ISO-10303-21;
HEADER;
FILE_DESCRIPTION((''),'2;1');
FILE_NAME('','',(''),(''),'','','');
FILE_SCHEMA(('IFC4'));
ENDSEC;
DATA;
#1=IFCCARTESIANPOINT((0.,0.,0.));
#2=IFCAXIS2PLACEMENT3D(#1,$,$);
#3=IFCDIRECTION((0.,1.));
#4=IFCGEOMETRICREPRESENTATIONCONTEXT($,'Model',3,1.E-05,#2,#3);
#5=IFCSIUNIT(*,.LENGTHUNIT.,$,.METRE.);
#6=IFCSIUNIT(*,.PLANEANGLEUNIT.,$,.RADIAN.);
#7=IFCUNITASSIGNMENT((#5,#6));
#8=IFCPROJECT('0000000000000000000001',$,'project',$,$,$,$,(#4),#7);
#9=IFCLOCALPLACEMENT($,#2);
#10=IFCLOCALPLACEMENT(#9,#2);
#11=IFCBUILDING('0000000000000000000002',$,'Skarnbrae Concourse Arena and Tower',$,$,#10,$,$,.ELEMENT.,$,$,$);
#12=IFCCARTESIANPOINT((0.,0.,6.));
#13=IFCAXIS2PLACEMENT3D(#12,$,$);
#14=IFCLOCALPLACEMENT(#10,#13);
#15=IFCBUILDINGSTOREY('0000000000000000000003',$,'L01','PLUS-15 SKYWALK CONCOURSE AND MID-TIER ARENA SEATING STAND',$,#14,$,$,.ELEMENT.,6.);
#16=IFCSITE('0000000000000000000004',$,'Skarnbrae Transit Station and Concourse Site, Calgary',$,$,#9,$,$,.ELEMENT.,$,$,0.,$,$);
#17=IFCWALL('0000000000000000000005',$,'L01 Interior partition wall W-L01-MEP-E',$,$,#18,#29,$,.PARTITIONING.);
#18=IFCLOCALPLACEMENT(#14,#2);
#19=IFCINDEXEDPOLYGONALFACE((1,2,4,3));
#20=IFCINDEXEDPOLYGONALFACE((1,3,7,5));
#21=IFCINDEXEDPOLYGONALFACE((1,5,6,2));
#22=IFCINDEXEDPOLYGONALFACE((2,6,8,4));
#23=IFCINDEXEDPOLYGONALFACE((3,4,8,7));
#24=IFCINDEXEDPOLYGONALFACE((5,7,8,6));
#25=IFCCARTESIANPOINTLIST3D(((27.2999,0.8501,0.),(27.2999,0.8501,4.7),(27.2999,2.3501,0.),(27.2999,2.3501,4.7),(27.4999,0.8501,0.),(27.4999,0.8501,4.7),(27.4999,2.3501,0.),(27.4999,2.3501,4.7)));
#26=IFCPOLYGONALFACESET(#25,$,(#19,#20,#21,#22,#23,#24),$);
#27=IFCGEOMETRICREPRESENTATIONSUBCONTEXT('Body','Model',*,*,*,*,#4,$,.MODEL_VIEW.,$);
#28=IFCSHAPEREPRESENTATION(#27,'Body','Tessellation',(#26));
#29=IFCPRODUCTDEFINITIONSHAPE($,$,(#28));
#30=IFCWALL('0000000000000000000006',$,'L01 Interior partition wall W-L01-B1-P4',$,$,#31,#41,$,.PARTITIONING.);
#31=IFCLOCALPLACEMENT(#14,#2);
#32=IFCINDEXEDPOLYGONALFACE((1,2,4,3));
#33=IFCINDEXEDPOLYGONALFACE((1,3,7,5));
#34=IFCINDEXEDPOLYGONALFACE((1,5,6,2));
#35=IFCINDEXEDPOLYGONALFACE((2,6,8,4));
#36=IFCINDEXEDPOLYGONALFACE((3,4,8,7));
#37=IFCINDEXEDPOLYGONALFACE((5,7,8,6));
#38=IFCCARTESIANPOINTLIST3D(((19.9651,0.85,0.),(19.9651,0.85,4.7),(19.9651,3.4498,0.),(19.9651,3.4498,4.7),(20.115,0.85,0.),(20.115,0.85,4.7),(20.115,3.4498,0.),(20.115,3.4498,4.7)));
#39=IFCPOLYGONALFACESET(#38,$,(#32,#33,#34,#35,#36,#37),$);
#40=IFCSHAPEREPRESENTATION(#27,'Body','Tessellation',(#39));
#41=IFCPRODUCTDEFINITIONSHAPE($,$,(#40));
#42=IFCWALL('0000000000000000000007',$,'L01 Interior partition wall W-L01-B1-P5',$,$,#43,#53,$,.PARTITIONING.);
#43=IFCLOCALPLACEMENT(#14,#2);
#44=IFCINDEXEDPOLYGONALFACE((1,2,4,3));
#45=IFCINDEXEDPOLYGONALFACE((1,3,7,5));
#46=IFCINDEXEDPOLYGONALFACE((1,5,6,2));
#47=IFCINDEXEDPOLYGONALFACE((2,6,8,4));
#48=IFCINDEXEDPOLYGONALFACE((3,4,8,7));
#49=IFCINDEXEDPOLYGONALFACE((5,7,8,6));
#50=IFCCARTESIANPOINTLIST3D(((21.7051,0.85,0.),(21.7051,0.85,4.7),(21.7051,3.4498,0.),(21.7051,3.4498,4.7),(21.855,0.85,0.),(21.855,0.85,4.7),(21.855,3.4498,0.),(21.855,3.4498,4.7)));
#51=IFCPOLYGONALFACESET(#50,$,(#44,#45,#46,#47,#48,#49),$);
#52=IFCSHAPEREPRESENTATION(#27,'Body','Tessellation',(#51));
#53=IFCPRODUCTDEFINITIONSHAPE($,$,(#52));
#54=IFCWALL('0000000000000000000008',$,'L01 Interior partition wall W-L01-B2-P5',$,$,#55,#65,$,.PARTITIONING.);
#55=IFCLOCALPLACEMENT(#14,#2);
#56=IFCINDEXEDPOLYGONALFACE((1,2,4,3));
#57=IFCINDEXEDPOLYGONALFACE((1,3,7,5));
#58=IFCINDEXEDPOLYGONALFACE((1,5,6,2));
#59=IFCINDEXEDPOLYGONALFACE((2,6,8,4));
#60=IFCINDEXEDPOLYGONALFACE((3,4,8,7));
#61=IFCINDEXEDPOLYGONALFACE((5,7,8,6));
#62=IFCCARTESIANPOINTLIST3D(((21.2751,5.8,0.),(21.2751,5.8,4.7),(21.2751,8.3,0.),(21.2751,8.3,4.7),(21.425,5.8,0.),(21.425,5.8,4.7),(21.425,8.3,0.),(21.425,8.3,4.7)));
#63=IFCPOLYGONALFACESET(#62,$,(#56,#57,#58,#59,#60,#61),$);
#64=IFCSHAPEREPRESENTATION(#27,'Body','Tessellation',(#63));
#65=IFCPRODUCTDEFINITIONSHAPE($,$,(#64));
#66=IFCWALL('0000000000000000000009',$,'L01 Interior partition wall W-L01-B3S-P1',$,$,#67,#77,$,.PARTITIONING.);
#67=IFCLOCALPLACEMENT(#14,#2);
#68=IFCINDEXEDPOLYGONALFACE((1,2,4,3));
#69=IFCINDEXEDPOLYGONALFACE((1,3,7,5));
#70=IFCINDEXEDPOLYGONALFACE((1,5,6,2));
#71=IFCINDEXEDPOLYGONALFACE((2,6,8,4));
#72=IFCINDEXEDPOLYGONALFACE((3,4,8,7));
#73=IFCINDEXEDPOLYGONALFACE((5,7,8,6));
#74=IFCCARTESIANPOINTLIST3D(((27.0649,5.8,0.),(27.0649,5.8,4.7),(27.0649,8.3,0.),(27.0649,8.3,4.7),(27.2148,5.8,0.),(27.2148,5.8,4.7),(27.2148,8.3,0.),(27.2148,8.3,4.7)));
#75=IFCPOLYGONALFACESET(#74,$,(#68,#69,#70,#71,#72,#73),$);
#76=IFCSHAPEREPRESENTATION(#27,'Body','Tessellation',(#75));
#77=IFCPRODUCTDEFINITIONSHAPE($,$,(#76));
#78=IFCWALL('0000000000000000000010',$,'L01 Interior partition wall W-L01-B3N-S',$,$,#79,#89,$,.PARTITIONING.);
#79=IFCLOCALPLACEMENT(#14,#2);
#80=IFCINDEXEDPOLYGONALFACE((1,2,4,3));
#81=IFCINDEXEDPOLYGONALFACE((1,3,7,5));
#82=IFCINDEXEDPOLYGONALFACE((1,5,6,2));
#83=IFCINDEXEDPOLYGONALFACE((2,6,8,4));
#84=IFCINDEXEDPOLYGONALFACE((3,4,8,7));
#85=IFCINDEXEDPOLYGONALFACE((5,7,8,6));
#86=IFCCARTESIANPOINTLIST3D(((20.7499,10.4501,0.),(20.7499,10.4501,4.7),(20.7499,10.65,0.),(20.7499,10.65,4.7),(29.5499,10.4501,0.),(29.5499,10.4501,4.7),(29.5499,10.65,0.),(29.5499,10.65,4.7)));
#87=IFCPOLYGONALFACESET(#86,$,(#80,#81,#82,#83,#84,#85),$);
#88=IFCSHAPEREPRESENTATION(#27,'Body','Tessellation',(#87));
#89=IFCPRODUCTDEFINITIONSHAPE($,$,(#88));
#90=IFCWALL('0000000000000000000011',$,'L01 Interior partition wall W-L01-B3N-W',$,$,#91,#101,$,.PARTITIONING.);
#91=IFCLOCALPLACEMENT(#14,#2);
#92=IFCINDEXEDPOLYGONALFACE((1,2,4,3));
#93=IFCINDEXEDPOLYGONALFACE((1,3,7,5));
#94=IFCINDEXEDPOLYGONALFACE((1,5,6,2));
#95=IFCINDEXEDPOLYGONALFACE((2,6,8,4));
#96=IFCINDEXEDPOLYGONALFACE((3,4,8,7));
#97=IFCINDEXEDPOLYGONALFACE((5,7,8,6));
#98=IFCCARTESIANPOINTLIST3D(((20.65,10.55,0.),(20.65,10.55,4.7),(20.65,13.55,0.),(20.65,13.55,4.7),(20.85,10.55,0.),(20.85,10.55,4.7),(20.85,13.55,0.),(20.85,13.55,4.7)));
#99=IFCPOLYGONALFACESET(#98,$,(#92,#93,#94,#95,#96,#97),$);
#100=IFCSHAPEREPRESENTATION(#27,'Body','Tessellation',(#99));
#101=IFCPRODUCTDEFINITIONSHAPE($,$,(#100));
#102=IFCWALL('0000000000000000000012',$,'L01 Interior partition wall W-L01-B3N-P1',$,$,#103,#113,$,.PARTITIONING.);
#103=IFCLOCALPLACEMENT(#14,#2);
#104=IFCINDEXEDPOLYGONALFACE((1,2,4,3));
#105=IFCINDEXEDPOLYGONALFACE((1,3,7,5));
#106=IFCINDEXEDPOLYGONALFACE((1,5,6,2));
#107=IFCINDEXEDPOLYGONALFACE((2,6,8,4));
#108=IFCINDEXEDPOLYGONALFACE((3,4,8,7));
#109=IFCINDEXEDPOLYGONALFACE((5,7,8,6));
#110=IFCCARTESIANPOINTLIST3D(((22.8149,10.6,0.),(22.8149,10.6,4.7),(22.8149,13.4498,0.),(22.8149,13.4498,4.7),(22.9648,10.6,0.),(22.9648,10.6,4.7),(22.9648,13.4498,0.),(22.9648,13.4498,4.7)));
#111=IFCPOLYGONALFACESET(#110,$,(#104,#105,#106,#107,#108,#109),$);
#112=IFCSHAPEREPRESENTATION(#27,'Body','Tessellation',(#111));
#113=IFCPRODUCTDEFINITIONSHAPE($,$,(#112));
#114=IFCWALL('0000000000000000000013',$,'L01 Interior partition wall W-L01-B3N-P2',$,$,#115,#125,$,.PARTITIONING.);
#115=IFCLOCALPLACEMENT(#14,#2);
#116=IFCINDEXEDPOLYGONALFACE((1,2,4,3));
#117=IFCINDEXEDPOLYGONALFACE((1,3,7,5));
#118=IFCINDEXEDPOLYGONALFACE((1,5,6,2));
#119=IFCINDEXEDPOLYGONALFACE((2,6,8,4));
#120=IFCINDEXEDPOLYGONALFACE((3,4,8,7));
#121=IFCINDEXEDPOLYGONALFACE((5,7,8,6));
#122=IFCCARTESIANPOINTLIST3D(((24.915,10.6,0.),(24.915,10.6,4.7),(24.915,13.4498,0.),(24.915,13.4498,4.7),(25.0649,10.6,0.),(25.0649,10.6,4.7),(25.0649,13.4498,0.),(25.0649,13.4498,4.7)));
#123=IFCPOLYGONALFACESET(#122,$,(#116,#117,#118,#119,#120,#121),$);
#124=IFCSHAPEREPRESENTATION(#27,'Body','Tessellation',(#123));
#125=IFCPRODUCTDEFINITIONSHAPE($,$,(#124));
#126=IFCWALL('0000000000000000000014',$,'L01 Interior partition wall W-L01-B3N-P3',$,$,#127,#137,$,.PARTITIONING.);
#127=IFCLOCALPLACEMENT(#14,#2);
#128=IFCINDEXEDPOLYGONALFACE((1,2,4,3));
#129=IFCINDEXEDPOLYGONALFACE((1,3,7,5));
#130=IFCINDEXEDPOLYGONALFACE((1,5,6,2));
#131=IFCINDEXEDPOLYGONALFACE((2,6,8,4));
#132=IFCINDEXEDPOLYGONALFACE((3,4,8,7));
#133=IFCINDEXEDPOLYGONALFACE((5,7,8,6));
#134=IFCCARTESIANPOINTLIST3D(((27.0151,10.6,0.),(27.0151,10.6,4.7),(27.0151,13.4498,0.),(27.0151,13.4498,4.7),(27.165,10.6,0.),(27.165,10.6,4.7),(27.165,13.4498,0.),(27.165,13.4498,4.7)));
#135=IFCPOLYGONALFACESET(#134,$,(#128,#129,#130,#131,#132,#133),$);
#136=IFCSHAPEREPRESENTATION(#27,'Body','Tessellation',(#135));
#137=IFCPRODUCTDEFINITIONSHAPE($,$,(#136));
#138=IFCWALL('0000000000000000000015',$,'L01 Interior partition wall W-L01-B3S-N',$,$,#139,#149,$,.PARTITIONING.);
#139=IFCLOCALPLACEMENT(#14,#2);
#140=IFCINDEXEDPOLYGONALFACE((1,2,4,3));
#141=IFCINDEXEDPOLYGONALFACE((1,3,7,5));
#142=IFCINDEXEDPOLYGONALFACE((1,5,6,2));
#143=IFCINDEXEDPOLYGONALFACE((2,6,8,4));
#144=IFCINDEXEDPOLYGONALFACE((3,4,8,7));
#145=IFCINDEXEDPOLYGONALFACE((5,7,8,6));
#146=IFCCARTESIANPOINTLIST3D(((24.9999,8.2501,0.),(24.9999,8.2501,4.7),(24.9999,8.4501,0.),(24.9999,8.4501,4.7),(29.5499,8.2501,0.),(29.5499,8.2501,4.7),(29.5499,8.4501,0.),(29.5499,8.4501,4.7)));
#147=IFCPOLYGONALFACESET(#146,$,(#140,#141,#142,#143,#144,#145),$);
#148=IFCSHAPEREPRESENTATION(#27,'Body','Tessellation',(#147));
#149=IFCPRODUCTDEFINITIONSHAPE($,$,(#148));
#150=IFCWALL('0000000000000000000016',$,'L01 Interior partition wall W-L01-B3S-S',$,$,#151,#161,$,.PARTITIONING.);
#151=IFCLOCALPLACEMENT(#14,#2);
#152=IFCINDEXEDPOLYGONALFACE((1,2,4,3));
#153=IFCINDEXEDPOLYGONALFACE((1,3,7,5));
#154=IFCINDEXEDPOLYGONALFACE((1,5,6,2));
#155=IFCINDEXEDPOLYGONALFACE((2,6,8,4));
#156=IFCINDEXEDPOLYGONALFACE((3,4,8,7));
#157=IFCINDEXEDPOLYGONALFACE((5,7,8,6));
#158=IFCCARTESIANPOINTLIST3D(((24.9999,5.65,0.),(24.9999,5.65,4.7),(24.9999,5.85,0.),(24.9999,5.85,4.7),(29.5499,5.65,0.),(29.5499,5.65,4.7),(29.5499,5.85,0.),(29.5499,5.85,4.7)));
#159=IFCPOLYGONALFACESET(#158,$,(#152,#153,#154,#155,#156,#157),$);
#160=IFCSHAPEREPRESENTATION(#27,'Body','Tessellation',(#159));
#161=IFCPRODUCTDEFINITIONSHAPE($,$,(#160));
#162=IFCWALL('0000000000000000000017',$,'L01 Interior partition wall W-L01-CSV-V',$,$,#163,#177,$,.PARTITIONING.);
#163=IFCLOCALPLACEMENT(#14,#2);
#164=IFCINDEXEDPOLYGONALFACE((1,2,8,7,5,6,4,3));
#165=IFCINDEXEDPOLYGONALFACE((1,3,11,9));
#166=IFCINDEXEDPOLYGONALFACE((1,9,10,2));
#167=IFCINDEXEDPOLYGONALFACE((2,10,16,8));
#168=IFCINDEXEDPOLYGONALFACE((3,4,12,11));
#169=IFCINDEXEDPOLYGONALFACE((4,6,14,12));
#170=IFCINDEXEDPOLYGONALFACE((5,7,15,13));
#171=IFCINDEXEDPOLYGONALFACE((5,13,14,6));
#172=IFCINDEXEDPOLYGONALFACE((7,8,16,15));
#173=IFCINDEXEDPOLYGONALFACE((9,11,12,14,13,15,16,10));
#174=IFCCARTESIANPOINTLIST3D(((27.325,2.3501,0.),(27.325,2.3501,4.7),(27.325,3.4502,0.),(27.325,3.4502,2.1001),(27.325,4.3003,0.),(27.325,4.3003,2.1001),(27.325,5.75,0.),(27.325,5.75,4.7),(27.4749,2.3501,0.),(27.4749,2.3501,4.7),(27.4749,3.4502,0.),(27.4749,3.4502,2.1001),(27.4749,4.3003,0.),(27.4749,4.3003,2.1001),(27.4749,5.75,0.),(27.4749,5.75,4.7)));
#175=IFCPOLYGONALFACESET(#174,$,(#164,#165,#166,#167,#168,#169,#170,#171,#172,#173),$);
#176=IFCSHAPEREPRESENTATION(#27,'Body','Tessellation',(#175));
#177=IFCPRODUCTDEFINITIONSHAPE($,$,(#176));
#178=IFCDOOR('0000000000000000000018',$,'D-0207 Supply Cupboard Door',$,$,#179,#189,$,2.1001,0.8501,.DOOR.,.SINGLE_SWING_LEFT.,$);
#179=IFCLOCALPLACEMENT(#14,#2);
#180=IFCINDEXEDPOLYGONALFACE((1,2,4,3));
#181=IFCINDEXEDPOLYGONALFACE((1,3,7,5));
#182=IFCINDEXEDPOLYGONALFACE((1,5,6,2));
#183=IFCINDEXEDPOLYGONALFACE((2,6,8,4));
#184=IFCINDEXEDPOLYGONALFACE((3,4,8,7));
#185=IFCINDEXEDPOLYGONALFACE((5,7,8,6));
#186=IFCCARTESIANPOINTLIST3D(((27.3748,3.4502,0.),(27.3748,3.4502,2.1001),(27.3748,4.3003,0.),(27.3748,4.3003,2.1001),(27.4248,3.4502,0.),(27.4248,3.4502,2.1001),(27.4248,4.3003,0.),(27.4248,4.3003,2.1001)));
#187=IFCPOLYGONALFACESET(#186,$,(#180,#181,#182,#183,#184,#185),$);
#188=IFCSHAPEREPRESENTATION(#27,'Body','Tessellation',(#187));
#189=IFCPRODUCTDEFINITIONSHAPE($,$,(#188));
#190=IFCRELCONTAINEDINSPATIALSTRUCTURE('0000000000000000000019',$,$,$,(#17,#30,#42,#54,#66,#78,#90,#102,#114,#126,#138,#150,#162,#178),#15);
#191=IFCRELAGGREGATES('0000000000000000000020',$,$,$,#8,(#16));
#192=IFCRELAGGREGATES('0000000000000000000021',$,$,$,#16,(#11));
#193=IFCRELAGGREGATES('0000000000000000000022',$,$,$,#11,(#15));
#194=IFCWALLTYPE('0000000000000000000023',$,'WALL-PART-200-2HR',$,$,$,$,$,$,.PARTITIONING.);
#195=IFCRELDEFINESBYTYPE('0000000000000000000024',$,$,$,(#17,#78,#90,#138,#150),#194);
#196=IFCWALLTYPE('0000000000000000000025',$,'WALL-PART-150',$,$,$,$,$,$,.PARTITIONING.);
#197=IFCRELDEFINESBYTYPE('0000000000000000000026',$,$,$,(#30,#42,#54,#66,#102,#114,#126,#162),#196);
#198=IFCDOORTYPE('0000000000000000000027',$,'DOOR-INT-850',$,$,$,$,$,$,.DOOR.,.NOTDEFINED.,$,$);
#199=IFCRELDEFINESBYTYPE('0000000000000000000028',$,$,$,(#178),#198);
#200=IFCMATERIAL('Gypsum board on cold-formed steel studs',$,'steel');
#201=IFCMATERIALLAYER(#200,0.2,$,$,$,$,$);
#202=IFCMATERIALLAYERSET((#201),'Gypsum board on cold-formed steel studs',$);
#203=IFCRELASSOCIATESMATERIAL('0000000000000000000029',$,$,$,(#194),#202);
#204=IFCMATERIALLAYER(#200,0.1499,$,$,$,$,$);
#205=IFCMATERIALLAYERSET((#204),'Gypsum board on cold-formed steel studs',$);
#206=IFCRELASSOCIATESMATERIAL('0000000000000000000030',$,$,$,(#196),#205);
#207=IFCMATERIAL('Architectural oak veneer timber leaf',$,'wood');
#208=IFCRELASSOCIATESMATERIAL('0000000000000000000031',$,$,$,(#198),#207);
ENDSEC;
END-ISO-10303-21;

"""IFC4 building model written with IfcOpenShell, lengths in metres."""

from ifc_helpers import new_model, si_unit, direction, frame, frame_2d, origin, place, context, subcontext, project, spatial, rectangle, extrude, source, transform, mapped, material, layer, layer_set, type_object, element, fill, save


model = new_model("IFC4")

# Units and contexts
model_context = context("Model", 3, precision=1e-05, world=origin(), true_north=direction((0.0, 1.0)))
body_context = subcontext(model_context, "Body", "Model", "MODEL_VIEW")
ifc_project = project(units=[si_unit("LENGTHUNIT", "METRE"), si_unit("PLANEANGLEUNIT", "RADIAN")], contexts=[model_context])

# Site, building, storey
site_placement = place(None, origin())
site = spatial("IfcSite", under=ifc_project, at=site_placement, Name="Skarnbrae Transit Station and Concourse Site, Calgary", CompositionType="ELEMENT", RefElevation=0.0)
building_placement = place(site_placement, origin())
building = spatial("IfcBuilding", under=site, at=building_placement, Name="Skarnbrae Concourse Arena and Tower", CompositionType="ELEMENT")
storey_placement = place(building_placement, frame((0.0, 0.0, 6.0)))
storey = spatial("IfcBuildingStorey", under=building, at=storey_placement, Name="L01", Description="PLUS-15 SKYWALK CONCOURSE AND MID-TIER ARENA SEATING STAND", CompositionType="ELEMENT", Elevation=6.0)

# Shared definitions
ifc_material_1 = material(Name="Gypsum board on cold-formed steel studs", Category="steel")
ifc_layer_1 = layer(ifc_material_1, 0.2)
ifc_layer_set_1 = layer_set([ifc_layer_1], Name="Gypsum board on cold-formed steel studs")
wall_type_1 = type_object("IfcWallType", Name="WALL-PART-200-2HR", PredefinedType="PARTITIONING", material=ifc_layer_set_1)

# Walls
shared_shape_1 = source(origin(), body_context, "Body", "SweptSolid", [
    extrude(rectangle(XDim=1.5, YDim=0.2, at=frame_2d((0.75, 0.0))), origin(), (0.0, 0.0, 1.0), 4.7),
])
wall_1_placement = place(storey_placement, frame((27.3999, 0.8501, 0.0), z_axis=(0.0, 0.0, 1.0), x_axis=(0.0, 1.0, 0.0)))
element("IfcWall", 1, at=wall_1_placement, inside=storey, type_object=wall_type_1, Name="L01 Interior partition wall W-L01-MEP-E", PredefinedType="PARTITIONING", context=body_context, shape_type="MappedRepresentation", body=[
    mapped(shared_shape_1, transform((0.0, 0.0, 0.0))),
])
ifc_layer_2 = layer(ifc_material_1, 0.1499)
ifc_layer_set_2 = layer_set([ifc_layer_2], Name="Gypsum board on cold-formed steel studs")
wall_type_2 = type_object("IfcWallType", Name="WALL-PART-150", PredefinedType="PARTITIONING", material=ifc_layer_set_2)
shared_shape_2 = source(origin(), body_context, "Body", "SweptSolid", [
    extrude(rectangle(XDim=2.5999, YDim=0.1499, at=frame_2d((1.2998, 0.0))), origin(), (0.0, 0.0, 1.0), 4.7),
])
for number, where, z_axis, x_axis, name in (
    (2, (20.04, 0.8501, 0.0), (0.0, 0.0, 1.0), (0.0, 1.0, 0.0), "L01 Interior partition wall W-L01-B1-P4"),
    (3, (21.78, 0.8501, 0.0), (0.0, 0.0, 1.0), (0.0, 1.0, 0.0), "L01 Interior partition wall W-L01-B1-P5"),
):
    element("IfcWall", number, at=place(storey_placement, frame(where, z_axis=z_axis, x_axis=x_axis)), inside=storey, type_object=wall_type_2, Name=name, PredefinedType="PARTITIONING", context=body_context, shape_type="MappedRepresentation", body=[
        mapped(shared_shape_2, transform((0.0, 0.0, 0.0))),
    ])
shared_shape_3 = source(origin(), body_context, "Body", "SweptSolid", [
    extrude(rectangle(XDim=2.5, YDim=0.1499, at=frame_2d((1.25, 0.0))), origin(), (0.0, 0.0, 1.0), 4.7),
])
for number, where, z_axis, x_axis, name in (
    (4, (21.3501, 5.8, 0.0), (0.0, 0.0, 1.0), (0.0, 1.0, 0.0), "L01 Interior partition wall W-L01-B2-P5"),
    (5, (27.1399, 5.8, 0.0), (0.0, 0.0, 1.0), (0.0, 1.0, 0.0), "L01 Interior partition wall W-L01-B3S-P1"),
):
    element("IfcWall", number, at=place(storey_placement, frame(where, z_axis=z_axis, x_axis=x_axis)), inside=storey, type_object=wall_type_2, Name=name, PredefinedType="PARTITIONING", context=body_context, shape_type="MappedRepresentation", body=[
        mapped(shared_shape_3, transform((0.0, 0.0, 0.0))),
    ])
shared_shape_4 = source(origin(), body_context, "Body", "SweptSolid", [
    extrude(rectangle(XDim=8.8, YDim=0.2, at=frame_2d((4.3999, 0.0))), origin(), (0.0, 0.0, 1.0), 4.7),
])
wall_2_placement = place(storey_placement, frame((20.75, 10.55, 0.0), z_axis=(0.0, 0.0, 1.0), x_axis=(1.0, 0.0, 0.0)))
element("IfcWall", 6, at=wall_2_placement, inside=storey, type_object=wall_type_1, Name="L01 Interior partition wall W-L01-B3N-S", PredefinedType="PARTITIONING", context=body_context, shape_type="MappedRepresentation", body=[
    mapped(shared_shape_4, transform((0.0, 0.0, 0.0))),
])
shared_shape_5 = source(origin(), body_context, "Body", "SweptSolid", [
    extrude(rectangle(XDim=3.0, YDim=0.2, at=frame_2d((1.5, 0.0))), origin(), (0.0, 0.0, 1.0), 4.7),
])
wall_3_placement = place(storey_placement, frame((20.75, 10.55, 0.0), z_axis=(0.0, 0.0, 1.0), x_axis=(0.0, 1.0, 0.0)))
element("IfcWall", 7, at=wall_3_placement, inside=storey, type_object=wall_type_1, Name="L01 Interior partition wall W-L01-B3N-W", PredefinedType="PARTITIONING", context=body_context, shape_type="MappedRepresentation", body=[
    mapped(shared_shape_5, transform((0.0, 0.0, 0.0))),
])
shared_shape_6 = source(origin(), body_context, "Body", "SweptSolid", [
    extrude(rectangle(XDim=2.8499, YDim=0.1499, at=frame_2d((1.4248, 0.0))), origin(), (0.0, 0.0, 1.0), 4.7),
])
for number, where, z_axis, x_axis, name in (
    (8, (22.8899, 10.6001, 0.0), (0.0, 0.0, 1.0), (0.0, 1.0, 0.0), "L01 Interior partition wall W-L01-B3N-P1"),
    (9, (24.99, 10.6001, 0.0), (0.0, 0.0, 1.0), (0.0, 1.0, 0.0), "L01 Interior partition wall W-L01-B3N-P2"),
    (10, (27.0901, 10.6001, 0.0), (0.0, 0.0, 1.0), (0.0, 1.0, 0.0), "L01 Interior partition wall W-L01-B3N-P3"),
):
    element("IfcWall", number, at=place(storey_placement, frame(where, z_axis=z_axis, x_axis=x_axis)), inside=storey, type_object=wall_type_2, Name=name, PredefinedType="PARTITIONING", context=body_context, shape_type="MappedRepresentation", body=[
        mapped(shared_shape_6, transform((0.0, 0.0, 0.0))),
    ])
shared_shape_7 = source(origin(), body_context, "Body", "SweptSolid", [
    extrude(rectangle(XDim=4.55, YDim=0.2, at=frame_2d((2.2749, 0.0))), origin(), (0.0, 0.0, 1.0), 4.7),
])
for number, where, z_axis, x_axis, name in (
    (11, (25.0, 8.3501, 0.0), (0.0, 0.0, 1.0), (1.0, 0.0, 0.0), "L01 Interior partition wall W-L01-B3S-N"),
    (12, (25.0, 5.75, 0.0), (0.0, 0.0, 1.0), (1.0, 0.0, 0.0), "L01 Interior partition wall W-L01-B3S-S"),
):
    element("IfcWall", number, at=place(storey_placement, frame(where, z_axis=z_axis, x_axis=x_axis)), inside=storey, type_object=wall_type_1, Name=name, PredefinedType="PARTITIONING", context=body_context, shape_type="MappedRepresentation", body=[
        mapped(shared_shape_7, transform((0.0, 0.0, 0.0))),
    ])

# Wall, opening, door
shared_shape_8 = source(origin(), body_context, "Body", "SweptSolid", [
    extrude(rectangle(XDim=3.3999, YDim=0.1499, at=frame_2d((1.7, 0.0))), origin(), (0.0, 0.0, 1.0), 4.7),
])
wall_4_placement = place(storey_placement, frame((27.3999, 2.3501, 0.0), z_axis=(0.0, 0.0, 1.0), x_axis=(0.0, 1.0, 0.0)))
wall_4 = element("IfcWall", 13, at=wall_4_placement, inside=storey, type_object=wall_type_2, Name="L01 Interior partition wall W-L01-CSV-V", PredefinedType="PARTITIONING", context=body_context, shape_type="MappedRepresentation", body=[
    mapped(shared_shape_8, transform((0.0, 0.0, 0.0))),
])
opening_1_placement = place(wall_4_placement, frame((1.1001, 0.0, 0.0)))
opening_1 = element("IfcOpeningElement", 14, at=opening_1_placement, cuts=wall_4, PredefinedType="OPENING", context=body_context, shape_type="SweptSolid", body=[
    extrude(rectangle(XDim=0.8501, YDim=2.1001, at=frame_2d((0.425, 1.05))), frame((0.0, 0.085, 0.0), z_axis=(0.0, -1.0, 0.0), x_axis=(1.0, 0.0, 0.0)), (0.0, 0.0, 1.0), 0.1699),
])
ifc_material_2 = material(Name="Architectural oak veneer timber leaf", Category="wood")
door_type_1 = type_object("IfcDoorType", Name="DOOR-INT-850", OperationType="NOTDEFINED", PredefinedType="DOOR", material=ifc_material_2)
shared_shape_9 = source(origin(), body_context, "Body", "SweptSolid", [
    extrude(rectangle(XDim=0.8501, YDim=2.1001, at=frame_2d((0.425, 1.05))), frame((0.0, 0.0249, 0.0), z_axis=(0.0, -1.0, 0.0), x_axis=(1.0, 0.0, 0.0)), (0.0, 0.0, 1.0), 0.05),
])
door_1_placement = place(opening_1_placement, frame((0.8501, 0.0, 0.0), z_axis=(0.0, 0.0, 1.0), x_axis=(-1.0, 0.0, 0.0)))
door_1 = element("IfcDoor", 15, at=door_1_placement, inside=storey, type_object=door_type_1, Name="D-0207 Supply Cupboard Door", OperationType="SINGLE_SWING_LEFT", OverallHeight=2.1001, OverallWidth=0.8501, PredefinedType="DOOR", context=body_context, shape_type="MappedRepresentation", body=[
    mapped(shared_shape_9, transform((0.0, 0.0, 0.0))),
])
fill(opening_1, door_1)

save(model, "model.ifc")
